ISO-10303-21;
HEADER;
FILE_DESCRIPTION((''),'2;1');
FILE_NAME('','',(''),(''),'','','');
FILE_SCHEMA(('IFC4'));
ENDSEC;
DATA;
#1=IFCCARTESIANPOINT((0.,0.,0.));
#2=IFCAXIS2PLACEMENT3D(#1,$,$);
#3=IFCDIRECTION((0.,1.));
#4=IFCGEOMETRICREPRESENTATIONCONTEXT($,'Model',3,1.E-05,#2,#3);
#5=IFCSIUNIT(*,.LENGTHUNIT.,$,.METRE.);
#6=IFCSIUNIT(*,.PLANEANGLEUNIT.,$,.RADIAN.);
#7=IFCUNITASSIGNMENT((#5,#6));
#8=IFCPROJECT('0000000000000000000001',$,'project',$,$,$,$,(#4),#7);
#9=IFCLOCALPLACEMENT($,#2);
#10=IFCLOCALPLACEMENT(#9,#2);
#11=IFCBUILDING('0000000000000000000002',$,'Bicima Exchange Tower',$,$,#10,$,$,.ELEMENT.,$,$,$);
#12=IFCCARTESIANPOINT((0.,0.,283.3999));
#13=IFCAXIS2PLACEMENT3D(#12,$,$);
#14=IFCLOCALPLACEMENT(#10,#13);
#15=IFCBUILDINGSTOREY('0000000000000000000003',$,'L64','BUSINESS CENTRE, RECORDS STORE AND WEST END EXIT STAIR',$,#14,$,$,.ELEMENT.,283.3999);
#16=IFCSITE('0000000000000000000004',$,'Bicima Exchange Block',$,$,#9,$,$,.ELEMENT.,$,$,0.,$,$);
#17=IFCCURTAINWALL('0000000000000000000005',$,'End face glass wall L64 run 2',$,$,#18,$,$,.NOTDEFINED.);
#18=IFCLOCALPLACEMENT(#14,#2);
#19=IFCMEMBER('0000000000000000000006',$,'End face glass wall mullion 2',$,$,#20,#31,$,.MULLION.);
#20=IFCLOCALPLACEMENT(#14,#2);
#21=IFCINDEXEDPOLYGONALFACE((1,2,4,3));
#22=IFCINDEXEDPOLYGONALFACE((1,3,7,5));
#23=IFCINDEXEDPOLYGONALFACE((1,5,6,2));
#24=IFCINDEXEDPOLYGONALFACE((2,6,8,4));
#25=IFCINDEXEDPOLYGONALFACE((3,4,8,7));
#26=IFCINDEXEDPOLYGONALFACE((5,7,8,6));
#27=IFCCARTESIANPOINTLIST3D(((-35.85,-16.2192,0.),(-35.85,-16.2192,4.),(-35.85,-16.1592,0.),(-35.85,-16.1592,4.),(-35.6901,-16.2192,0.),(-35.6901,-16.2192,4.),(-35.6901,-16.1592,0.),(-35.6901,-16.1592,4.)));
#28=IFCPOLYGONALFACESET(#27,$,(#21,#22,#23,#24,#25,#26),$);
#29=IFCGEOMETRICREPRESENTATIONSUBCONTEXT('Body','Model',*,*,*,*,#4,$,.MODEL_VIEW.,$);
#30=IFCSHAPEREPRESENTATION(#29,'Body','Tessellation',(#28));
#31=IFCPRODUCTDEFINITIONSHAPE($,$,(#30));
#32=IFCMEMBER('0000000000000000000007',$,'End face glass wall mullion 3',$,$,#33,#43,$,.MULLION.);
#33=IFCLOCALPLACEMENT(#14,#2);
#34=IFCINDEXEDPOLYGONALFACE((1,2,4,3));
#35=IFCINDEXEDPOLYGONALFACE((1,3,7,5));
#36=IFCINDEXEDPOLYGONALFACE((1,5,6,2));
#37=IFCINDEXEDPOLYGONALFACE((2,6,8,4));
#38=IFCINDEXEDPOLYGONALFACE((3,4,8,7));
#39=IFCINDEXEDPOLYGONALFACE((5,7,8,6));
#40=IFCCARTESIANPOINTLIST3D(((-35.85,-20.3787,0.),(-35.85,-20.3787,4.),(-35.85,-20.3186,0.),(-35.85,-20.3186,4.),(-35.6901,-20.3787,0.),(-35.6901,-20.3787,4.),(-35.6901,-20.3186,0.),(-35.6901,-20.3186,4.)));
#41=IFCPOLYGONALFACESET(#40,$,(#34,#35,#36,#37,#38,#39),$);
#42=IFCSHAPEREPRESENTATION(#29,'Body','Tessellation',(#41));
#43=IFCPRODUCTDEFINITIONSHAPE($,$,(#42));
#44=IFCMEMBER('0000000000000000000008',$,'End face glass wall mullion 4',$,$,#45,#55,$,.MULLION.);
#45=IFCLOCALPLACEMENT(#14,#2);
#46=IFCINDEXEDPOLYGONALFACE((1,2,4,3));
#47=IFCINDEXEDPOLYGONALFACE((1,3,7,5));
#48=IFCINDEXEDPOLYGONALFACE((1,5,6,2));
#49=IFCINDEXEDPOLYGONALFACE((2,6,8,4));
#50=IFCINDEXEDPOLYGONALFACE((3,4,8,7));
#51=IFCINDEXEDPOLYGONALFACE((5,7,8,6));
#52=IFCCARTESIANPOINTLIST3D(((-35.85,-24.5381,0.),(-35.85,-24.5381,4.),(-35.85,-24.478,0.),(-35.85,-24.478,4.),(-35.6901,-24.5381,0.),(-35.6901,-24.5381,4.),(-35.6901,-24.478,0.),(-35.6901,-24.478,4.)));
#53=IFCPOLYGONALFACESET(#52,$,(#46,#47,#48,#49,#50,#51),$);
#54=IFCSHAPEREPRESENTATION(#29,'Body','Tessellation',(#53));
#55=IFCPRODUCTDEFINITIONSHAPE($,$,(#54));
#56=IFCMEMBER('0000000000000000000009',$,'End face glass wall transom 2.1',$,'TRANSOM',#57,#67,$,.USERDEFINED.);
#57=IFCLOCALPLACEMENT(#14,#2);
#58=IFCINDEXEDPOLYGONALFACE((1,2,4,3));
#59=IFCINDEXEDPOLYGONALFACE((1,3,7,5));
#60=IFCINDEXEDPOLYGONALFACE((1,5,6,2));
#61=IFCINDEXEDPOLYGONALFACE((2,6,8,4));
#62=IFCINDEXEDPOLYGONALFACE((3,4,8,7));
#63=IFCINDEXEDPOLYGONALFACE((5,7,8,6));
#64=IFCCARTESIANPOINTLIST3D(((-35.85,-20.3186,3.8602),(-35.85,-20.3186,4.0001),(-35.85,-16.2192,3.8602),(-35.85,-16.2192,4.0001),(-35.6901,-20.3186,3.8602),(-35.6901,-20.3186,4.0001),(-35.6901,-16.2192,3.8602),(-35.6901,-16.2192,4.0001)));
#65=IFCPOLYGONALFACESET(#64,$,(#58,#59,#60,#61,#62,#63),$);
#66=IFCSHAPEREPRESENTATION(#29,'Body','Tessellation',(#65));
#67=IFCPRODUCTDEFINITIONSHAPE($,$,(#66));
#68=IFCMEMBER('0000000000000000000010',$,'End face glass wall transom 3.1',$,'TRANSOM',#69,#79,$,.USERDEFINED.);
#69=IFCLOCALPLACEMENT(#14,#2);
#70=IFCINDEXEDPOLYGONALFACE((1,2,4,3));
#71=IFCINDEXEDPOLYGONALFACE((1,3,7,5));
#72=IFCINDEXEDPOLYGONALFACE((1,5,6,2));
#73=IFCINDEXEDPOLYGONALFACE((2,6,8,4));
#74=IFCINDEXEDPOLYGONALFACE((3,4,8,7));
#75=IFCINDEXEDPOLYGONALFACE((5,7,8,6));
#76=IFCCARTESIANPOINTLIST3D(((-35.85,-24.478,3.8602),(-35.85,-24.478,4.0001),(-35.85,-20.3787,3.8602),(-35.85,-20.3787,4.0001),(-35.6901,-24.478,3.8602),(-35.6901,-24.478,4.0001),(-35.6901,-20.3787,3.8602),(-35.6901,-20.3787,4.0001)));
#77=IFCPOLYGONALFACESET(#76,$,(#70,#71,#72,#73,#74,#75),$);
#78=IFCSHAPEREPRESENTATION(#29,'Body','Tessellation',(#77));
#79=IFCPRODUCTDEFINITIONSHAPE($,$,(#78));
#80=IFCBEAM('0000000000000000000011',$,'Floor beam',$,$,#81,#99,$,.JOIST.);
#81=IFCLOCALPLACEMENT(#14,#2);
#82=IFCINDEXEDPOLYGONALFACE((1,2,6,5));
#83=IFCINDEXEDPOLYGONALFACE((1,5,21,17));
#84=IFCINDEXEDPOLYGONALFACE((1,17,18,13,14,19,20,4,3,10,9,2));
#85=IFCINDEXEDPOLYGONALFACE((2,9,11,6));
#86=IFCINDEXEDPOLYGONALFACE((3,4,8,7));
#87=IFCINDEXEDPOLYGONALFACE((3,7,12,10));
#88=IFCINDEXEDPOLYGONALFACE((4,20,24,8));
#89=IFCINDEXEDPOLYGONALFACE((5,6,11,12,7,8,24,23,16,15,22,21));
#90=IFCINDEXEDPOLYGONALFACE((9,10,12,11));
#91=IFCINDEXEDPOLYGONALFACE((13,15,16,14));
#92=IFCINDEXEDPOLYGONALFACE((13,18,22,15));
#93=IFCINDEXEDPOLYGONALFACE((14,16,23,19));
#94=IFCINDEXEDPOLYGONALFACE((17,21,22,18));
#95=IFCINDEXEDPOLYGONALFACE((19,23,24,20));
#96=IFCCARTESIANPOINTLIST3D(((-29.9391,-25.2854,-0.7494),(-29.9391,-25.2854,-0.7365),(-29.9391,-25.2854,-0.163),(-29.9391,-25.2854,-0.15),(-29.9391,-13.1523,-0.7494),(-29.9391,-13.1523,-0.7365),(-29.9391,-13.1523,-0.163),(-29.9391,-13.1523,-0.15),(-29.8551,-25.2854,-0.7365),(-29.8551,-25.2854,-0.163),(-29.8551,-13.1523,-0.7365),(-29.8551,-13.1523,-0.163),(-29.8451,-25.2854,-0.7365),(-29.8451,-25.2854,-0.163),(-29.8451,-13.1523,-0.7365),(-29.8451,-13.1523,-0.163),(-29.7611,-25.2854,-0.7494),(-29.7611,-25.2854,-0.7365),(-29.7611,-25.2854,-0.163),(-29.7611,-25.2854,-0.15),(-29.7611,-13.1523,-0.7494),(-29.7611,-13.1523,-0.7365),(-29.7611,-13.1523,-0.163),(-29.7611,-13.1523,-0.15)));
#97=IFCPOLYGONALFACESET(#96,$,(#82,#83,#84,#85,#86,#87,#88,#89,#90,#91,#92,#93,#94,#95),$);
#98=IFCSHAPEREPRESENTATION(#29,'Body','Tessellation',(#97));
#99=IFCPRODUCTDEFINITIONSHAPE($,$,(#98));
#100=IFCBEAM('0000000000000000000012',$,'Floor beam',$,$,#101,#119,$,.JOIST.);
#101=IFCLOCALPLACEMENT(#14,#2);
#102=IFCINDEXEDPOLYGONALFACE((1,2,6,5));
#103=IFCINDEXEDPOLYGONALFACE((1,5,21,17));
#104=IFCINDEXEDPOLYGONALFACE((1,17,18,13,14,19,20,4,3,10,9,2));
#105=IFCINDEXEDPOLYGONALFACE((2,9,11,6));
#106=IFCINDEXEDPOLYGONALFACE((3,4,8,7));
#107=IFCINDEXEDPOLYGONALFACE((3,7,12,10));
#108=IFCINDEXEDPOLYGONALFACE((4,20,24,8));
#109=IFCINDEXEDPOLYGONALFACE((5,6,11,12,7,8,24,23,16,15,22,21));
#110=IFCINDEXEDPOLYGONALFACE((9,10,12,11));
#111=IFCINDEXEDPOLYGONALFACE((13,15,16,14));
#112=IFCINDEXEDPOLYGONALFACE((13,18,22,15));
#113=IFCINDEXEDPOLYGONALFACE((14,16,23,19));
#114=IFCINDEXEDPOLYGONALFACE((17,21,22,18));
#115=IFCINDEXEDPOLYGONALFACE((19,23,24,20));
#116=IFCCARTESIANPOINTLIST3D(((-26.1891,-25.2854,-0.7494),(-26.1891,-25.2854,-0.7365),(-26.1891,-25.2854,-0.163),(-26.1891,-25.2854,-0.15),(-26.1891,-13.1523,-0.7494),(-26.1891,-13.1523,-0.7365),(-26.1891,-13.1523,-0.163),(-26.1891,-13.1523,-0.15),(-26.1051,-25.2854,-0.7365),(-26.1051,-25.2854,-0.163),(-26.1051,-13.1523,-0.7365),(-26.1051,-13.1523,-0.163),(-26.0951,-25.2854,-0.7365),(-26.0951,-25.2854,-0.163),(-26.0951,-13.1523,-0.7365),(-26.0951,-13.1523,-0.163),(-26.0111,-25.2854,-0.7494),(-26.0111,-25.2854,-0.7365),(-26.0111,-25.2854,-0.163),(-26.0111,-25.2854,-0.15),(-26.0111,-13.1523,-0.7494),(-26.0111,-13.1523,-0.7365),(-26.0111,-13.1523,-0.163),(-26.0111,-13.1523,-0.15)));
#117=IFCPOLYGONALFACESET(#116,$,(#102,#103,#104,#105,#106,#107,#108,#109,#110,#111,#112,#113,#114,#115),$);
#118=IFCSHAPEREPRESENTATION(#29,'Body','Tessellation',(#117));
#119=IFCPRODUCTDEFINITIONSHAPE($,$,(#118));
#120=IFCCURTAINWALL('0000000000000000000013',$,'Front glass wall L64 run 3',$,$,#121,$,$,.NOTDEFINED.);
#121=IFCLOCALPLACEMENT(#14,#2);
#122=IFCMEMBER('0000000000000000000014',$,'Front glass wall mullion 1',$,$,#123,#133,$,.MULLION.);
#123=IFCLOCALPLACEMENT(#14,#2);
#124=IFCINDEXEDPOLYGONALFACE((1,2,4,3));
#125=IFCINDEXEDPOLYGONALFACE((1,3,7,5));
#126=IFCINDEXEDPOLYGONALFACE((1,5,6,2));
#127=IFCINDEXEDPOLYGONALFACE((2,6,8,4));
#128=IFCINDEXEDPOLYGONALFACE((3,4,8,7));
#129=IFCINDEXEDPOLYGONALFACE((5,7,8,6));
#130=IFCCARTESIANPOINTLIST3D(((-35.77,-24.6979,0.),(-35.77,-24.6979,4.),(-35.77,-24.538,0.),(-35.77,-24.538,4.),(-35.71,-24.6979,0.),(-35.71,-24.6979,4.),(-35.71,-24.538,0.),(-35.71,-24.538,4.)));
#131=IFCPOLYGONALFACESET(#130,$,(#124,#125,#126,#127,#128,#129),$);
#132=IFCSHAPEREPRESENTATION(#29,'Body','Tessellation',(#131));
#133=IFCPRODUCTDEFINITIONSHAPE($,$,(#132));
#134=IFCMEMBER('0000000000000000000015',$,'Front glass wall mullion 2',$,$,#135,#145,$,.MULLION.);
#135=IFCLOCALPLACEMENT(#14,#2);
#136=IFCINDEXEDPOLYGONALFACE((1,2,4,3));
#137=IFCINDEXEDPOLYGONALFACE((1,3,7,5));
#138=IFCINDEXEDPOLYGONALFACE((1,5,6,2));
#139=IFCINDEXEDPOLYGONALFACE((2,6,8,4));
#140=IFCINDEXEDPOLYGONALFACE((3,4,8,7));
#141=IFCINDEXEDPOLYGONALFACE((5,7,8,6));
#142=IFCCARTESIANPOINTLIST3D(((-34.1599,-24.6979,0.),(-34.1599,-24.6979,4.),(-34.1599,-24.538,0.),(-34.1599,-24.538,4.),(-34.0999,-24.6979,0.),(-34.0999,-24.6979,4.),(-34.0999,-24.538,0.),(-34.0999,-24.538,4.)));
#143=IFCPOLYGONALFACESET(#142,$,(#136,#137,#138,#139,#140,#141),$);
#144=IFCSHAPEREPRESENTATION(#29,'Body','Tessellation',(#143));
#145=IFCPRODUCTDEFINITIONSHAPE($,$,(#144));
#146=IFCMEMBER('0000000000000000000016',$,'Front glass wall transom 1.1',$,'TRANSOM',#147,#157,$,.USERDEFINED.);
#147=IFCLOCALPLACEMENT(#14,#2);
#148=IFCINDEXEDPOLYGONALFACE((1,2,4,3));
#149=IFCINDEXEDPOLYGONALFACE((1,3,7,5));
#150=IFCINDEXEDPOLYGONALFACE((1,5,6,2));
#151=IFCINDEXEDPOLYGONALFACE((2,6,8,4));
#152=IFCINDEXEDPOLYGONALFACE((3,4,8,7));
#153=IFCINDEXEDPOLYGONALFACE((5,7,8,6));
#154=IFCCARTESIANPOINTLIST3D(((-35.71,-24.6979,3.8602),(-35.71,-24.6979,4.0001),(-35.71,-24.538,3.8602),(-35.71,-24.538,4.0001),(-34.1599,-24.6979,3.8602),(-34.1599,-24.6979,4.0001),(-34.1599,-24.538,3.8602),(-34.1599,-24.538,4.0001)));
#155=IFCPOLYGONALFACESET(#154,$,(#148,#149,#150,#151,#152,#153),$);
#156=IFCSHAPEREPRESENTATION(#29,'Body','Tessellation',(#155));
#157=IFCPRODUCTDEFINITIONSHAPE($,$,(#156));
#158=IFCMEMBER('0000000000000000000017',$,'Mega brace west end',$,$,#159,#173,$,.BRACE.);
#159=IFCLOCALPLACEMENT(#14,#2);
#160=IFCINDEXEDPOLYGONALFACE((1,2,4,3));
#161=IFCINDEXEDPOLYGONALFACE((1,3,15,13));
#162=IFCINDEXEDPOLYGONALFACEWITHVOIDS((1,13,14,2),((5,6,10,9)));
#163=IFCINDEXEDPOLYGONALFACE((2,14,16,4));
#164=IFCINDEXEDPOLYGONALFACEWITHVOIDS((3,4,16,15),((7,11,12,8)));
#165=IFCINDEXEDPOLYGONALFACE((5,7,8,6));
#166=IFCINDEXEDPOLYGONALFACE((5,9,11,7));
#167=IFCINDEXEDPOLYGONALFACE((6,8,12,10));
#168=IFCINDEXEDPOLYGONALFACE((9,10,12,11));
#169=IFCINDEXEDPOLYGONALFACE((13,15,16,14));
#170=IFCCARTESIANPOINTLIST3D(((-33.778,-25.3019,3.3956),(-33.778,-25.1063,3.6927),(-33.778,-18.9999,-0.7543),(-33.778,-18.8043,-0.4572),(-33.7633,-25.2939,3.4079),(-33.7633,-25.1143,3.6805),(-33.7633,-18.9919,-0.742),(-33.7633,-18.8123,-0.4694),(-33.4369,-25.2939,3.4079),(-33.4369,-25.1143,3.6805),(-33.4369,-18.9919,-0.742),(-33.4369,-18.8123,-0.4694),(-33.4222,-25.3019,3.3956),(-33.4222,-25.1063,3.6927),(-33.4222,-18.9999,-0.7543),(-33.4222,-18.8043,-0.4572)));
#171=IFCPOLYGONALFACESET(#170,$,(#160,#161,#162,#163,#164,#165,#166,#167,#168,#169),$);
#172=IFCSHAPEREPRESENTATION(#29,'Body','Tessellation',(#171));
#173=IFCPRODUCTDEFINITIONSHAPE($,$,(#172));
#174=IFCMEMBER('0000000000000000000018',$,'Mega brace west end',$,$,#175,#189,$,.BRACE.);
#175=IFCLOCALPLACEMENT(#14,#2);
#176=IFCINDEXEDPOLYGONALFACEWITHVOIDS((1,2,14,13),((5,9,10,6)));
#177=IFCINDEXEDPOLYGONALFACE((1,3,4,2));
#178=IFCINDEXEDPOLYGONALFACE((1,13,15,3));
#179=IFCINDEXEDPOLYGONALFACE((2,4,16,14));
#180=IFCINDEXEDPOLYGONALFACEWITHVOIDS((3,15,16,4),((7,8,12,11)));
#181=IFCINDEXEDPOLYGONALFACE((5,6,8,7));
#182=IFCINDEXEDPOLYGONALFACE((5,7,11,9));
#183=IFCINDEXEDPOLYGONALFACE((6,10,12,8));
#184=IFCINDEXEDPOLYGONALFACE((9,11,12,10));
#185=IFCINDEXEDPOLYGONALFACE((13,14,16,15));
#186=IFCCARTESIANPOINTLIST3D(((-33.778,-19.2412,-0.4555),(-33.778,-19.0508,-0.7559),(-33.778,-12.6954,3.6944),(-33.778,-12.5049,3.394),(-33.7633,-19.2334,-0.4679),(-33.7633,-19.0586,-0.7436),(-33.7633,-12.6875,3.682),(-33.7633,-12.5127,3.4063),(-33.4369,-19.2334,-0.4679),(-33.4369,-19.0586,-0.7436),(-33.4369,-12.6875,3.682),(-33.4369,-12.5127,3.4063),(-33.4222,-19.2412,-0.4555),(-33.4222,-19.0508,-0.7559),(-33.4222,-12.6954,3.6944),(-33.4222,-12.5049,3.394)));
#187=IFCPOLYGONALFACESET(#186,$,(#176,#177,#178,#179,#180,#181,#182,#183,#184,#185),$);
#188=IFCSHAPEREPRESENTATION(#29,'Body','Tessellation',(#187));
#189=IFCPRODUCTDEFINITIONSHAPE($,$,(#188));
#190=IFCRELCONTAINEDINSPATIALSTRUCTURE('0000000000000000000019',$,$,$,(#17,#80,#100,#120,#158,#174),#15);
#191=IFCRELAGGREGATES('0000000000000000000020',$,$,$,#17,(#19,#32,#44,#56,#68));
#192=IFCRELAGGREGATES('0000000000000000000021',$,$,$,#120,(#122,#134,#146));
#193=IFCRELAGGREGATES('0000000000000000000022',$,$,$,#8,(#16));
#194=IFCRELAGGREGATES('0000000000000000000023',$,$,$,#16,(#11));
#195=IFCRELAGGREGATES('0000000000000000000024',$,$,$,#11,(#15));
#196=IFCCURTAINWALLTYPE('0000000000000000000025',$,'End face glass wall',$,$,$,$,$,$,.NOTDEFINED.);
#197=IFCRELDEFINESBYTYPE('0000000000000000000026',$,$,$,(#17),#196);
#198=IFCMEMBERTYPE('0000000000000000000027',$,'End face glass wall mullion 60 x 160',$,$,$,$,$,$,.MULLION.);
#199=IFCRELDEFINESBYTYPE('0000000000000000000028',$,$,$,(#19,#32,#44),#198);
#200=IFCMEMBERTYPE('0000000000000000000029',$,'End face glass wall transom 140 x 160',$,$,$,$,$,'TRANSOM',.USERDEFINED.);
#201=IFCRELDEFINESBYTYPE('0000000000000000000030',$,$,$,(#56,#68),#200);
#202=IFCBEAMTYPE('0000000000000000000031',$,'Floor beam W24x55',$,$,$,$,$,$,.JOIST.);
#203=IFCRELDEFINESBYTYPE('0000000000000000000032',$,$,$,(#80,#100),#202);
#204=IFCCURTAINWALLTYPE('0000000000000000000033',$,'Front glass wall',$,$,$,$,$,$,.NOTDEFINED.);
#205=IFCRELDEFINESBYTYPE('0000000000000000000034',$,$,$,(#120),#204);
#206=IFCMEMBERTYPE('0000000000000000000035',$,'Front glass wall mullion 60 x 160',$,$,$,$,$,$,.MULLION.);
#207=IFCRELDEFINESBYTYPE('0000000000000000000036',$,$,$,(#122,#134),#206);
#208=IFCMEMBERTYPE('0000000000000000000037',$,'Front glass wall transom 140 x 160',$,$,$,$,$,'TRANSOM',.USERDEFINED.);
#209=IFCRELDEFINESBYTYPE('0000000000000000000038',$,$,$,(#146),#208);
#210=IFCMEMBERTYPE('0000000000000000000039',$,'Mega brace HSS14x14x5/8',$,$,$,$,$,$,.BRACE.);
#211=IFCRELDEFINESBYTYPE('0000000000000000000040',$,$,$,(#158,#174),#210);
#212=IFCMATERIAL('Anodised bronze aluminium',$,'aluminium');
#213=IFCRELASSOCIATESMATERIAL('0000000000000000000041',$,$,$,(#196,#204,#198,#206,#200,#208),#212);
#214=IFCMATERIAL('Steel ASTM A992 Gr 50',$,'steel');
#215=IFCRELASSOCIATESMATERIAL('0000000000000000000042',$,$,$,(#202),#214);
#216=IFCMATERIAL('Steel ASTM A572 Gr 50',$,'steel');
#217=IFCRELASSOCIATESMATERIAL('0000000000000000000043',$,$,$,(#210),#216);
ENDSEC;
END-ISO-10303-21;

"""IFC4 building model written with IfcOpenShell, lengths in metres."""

from ifc_helpers import new_model, si_unit, direction, frame, origin, origin_2d, place, context, subcontext, project, spatial, rectangle, hollow_rectangle, i_section, extrude, material, material_profile, profile_set, type_object, element, aggregate, save


model = new_model("IFC4")

# Units and contexts
model_context = context("Model", 3, precision=1e-05, world=origin(), true_north=direction((0.0, 1.0)))
body_context = subcontext(model_context, "Body", "Model", "MODEL_VIEW")
ifc_project = project(units=[si_unit("LENGTHUNIT", "METRE"), si_unit("PLANEANGLEUNIT", "RADIAN")], contexts=[model_context])

# Site, building, storey
site_placement = place(None, origin())
site = spatial("IfcSite", under=ifc_project, at=site_placement, Name="Bicima Exchange Block", CompositionType="ELEMENT", RefElevation=0.0)
building_placement = place(site_placement, origin())
building = spatial("IfcBuilding", under=site, at=building_placement, Name="Bicima Exchange Tower", CompositionType="ELEMENT")
storey_placement = place(building_placement, frame((0.0, 0.0, 283.3999)))
storey = spatial("IfcBuildingStorey", under=building, at=storey_placement, Name="L64", Description="BUSINESS CENTRE, RECORDS STORE AND WEST END EXIT STAIR", CompositionType="ELEMENT", Elevation=283.3999)

# Curtain wall, members
ifc_material_1 = material(Name="Anodised bronze aluminium", Category="aluminium")
curtain_wall_type_1 = type_object("IfcCurtainWallType", Name="End face glass wall", PredefinedType="NOTDEFINED", material=ifc_material_1)
curtain_wall_1_placement = place(storey_placement, origin())
curtain_wall_1 = element("IfcCurtainWall", 1, at=curtain_wall_1_placement, inside=storey, type_object=curtain_wall_type_1, Name="End face glass wall L64 run 2", PredefinedType="NOTDEFINED")
ifc_material_profile_1 = material_profile(ifc_material_1, rectangle(XDim=0.1599, YDim=0.0601, at=origin_2d()))
ifc_profile_set_1 = profile_set([ifc_material_profile_1], Name="Anodised bronze aluminium")
member_type_1 = type_object("IfcMemberType", Name="End face glass wall mullion 60 x 160", PredefinedType="MULLION", material=ifc_profile_set_1)
member_1_placement = place(storey_placement, frame((-35.77, -16.1892, 0.0), z_axis=(0.0, 0.0, 1.0), x_axis=(1.0, 0.0, 0.0)))
member_1 = element("IfcMember", 2, at=member_1_placement, type_object=member_type_1, Name="End face glass wall mullion 2", PredefinedType="MULLION", context=body_context, shape_type="SweptSolid", body=[
    extrude(rectangle(XDim=0.1599, YDim=0.0601, at=origin_2d()), origin(), (0.0, 0.0, 1.0), 4.0),
])
member_2_placement = place(storey_placement, frame((-35.77, -20.3486, 0.0), z_axis=(0.0, 0.0, 1.0), x_axis=(1.0, 0.0, 0.0)))
member_2 = element("IfcMember", 3, at=member_2_placement, type_object=member_type_1, Name="End face glass wall mullion 3", PredefinedType="MULLION", context=body_context, shape_type="SweptSolid", body=[
    extrude(rectangle(XDim=0.1599, YDim=0.0601, at=origin_2d()), origin(), (0.0, 0.0, 1.0), 4.0),
])
member_3_placement = place(storey_placement, frame((-35.77, -24.5081, 0.0), z_axis=(0.0, 0.0, 1.0), x_axis=(1.0, 0.0, 0.0)))
member_3 = element("IfcMember", 4, at=member_3_placement, type_object=member_type_1, Name="End face glass wall mullion 4", PredefinedType="MULLION", context=body_context, shape_type="SweptSolid", body=[
    extrude(rectangle(XDim=0.1599, YDim=0.0601, at=origin_2d()), origin(), (0.0, 0.0, 1.0), 4.0),
])
ifc_material_profile_2 = material_profile(ifc_material_1, rectangle(XDim=0.1599, YDim=0.1399, at=origin_2d()))
ifc_profile_set_2 = profile_set([ifc_material_profile_2], Name="Anodised bronze aluminium")
member_type_2 = type_object("IfcMemberType", Name="End face glass wall transom 140 x 160", ElementType="TRANSOM", PredefinedType="USERDEFINED", material=ifc_profile_set_2)
member_4_placement = place(storey_placement, frame((-35.77, -16.2192, 3.9302), z_axis=(0.0, -1.0, 0.0), x_axis=(1.0, 0.0, 0.0)))
member_4 = element("IfcMember", 5, at=member_4_placement, type_object=member_type_2, Name="End face glass wall transom 2.1", ObjectType="TRANSOM", PredefinedType="USERDEFINED", context=body_context, shape_type="SweptSolid", body=[
    extrude(rectangle(XDim=0.1599, YDim=0.1399, at=origin_2d()), origin(), (0.0, 0.0, 1.0), 4.0994),
])
member_5_placement = place(storey_placement, frame((-35.77, -20.3787, 3.9302), z_axis=(0.0, -1.0, 0.0), x_axis=(1.0, 0.0, 0.0)))
member_5 = element("IfcMember", 6, at=member_5_placement, type_object=member_type_2, Name="End face glass wall transom 3.1", ObjectType="TRANSOM", PredefinedType="USERDEFINED", context=body_context, shape_type="SweptSolid", body=[
    extrude(rectangle(XDim=0.1599, YDim=0.1399, at=origin_2d()), origin(), (0.0, 0.0, 1.0), 4.0994),
])

# Beams
ifc_material_2 = material(Name="Steel ASTM A992 Gr 50", Category="steel")
ifc_material_profile_3 = material_profile(ifc_material_2, i_section(OverallWidth=0.178, OverallDepth=0.5994, WebThickness=0.01, FlangeThickness=0.0129, at=origin_2d()))
ifc_profile_set_3 = profile_set([ifc_material_profile_3], Name="Steel ASTM A992 Gr 50")
beam_type = type_object("IfcBeamType", Name="Floor beam W24x55", PredefinedType="JOIST", material=ifc_profile_set_3)
for number, where, z_axis, x_axis, name in (
    (7, (-29.8501, -13.1523, -0.4497), (0.0, -1.0, 0.0), (1.0, 0.0, 0.0), "Floor beam"),
    (8, (-26.1001, -13.1523, -0.4497), (0.0, -1.0, 0.0), (1.0, 0.0, 0.0), "Floor beam"),
):
    element("IfcBeam", number, at=place(storey_placement, frame(where, z_axis=z_axis, x_axis=x_axis)), inside=storey, type_object=beam_type, Name=name, PredefinedType="JOIST", context=body_context, shape_type="SweptSolid", body=[
        extrude(i_section(OverallWidth=0.178, OverallDepth=0.5994, WebThickness=0.01, FlangeThickness=0.0129, at=origin_2d()), origin(), (0.0, 0.0, 1.0), 12.1331),
    ])

# Curtain wall, members
curtain_wall_type_2 = type_object("IfcCurtainWallType", Name="Front glass wall", PredefinedType="NOTDEFINED", material=ifc_material_1)
curtain_wall_2_placement = place(storey_placement, origin())
curtain_wall_2 = element("IfcCurtainWall", 9, at=curtain_wall_2_placement, inside=storey, type_object=curtain_wall_type_2, Name="Front glass wall L64 run 3", PredefinedType="NOTDEFINED")
member_type_3 = type_object("IfcMemberType", Name="Front glass wall mullion 60 x 160", PredefinedType="MULLION", material=ifc_profile_set_1)
member_6_placement = place(storey_placement, frame((-35.74, -24.6179, 0.0), z_axis=(0.0, 0.0, 1.0), x_axis=(0.0, 1.0, 0.0)))
member_6 = element("IfcMember", 10, at=member_6_placement, type_object=member_type_3, Name="Front glass wall mullion 1", PredefinedType="MULLION", context=body_context, shape_type="SweptSolid", body=[
    extrude(rectangle(XDim=0.1599, YDim=0.0601, at=origin_2d()), origin(), (0.0, 0.0, 1.0), 4.0),
])
member_7_placement = place(storey_placement, frame((-34.1299, -24.6179, 0.0), z_axis=(0.0, 0.0, 1.0), x_axis=(0.0, 1.0, 0.0)))
member_7 = element("IfcMember", 11, at=member_7_placement, type_object=member_type_3, Name="Front glass wall mullion 2", PredefinedType="MULLION", context=body_context, shape_type="SweptSolid", body=[
    extrude(rectangle(XDim=0.1599, YDim=0.0601, at=origin_2d()), origin(), (0.0, 0.0, 1.0), 4.0),
])
member_type_4 = type_object("IfcMemberType", Name="Front glass wall transom 140 x 160", ElementType="TRANSOM", PredefinedType="USERDEFINED", material=ifc_profile_set_2)
member_8_placement = place(storey_placement, frame((-35.71, -24.6179, 3.9302), z_axis=(1.0, 0.0, 0.0), x_axis=(0.0, 1.0, 0.0)))
member_8 = element("IfcMember", 12, at=member_8_placement, type_object=member_type_4, Name="Front glass wall transom 1.1", ObjectType="TRANSOM", PredefinedType="USERDEFINED", context=body_context, shape_type="SweptSolid", body=[
    extrude(rectangle(XDim=0.1599, YDim=0.1399, at=origin_2d()), origin(), (0.0, 0.0, 1.0), 1.55),
])

# Members
ifc_material_3 = material(Name="Steel ASTM A572 Gr 50", Category="steel")
ifc_material_profile_4 = material_profile(ifc_material_3, hollow_rectangle(XDim=0.3557, YDim=0.3557, WallThickness=0.0146, at=origin_2d()))
ifc_profile_set_4 = profile_set([ifc_material_profile_4], Name="Steel ASTM A572 Gr 50")
member_type_5 = type_object("IfcMemberType", Name="Mega brace HSS14x14x5/8", PredefinedType="BRACE", material=ifc_profile_set_4)
member_9_placement = place(storey_placement, frame((-33.6001, -18.9021, -0.6057), z_axis=(0.0, -0.835183, 0.549972), x_axis=(1.0, 0.0, 0.0)))
element("IfcMember", 13, at=member_9_placement, inside=storey, type_object=member_type_5, Name="Mega brace west end", PredefinedType="BRACE", context=body_context, shape_type="SweptSolid", body=[
    extrude(hollow_rectangle(XDim=0.3557, YDim=0.3557, WallThickness=0.0146, at=origin_2d()), origin(), (0.0, 0.0, 1.0), 7.5457),
])
member_10_placement = place(storey_placement, frame((-33.6001, -19.146, -0.6057), z_axis=(0.0, 0.844576, 0.535436), x_axis=(-1.0, 0.0, 0.0)))
element("IfcMember", 14, at=member_10_placement, inside=storey, type_object=member_type_5, Name="Mega brace west end", PredefinedType="BRACE", context=body_context, shape_type="SweptSolid", body=[
    extrude(hollow_rectangle(XDim=0.3557, YDim=0.3557, WallThickness=0.0146, at=origin_2d()), origin(), (0.0, 0.0, 1.0), 7.7505),
])

aggregate(curtain_wall_1, [member_1, member_2, member_3, member_4, member_5])
aggregate(curtain_wall_2, [member_6, member_7, member_8])

save(model, "model.ifc")
